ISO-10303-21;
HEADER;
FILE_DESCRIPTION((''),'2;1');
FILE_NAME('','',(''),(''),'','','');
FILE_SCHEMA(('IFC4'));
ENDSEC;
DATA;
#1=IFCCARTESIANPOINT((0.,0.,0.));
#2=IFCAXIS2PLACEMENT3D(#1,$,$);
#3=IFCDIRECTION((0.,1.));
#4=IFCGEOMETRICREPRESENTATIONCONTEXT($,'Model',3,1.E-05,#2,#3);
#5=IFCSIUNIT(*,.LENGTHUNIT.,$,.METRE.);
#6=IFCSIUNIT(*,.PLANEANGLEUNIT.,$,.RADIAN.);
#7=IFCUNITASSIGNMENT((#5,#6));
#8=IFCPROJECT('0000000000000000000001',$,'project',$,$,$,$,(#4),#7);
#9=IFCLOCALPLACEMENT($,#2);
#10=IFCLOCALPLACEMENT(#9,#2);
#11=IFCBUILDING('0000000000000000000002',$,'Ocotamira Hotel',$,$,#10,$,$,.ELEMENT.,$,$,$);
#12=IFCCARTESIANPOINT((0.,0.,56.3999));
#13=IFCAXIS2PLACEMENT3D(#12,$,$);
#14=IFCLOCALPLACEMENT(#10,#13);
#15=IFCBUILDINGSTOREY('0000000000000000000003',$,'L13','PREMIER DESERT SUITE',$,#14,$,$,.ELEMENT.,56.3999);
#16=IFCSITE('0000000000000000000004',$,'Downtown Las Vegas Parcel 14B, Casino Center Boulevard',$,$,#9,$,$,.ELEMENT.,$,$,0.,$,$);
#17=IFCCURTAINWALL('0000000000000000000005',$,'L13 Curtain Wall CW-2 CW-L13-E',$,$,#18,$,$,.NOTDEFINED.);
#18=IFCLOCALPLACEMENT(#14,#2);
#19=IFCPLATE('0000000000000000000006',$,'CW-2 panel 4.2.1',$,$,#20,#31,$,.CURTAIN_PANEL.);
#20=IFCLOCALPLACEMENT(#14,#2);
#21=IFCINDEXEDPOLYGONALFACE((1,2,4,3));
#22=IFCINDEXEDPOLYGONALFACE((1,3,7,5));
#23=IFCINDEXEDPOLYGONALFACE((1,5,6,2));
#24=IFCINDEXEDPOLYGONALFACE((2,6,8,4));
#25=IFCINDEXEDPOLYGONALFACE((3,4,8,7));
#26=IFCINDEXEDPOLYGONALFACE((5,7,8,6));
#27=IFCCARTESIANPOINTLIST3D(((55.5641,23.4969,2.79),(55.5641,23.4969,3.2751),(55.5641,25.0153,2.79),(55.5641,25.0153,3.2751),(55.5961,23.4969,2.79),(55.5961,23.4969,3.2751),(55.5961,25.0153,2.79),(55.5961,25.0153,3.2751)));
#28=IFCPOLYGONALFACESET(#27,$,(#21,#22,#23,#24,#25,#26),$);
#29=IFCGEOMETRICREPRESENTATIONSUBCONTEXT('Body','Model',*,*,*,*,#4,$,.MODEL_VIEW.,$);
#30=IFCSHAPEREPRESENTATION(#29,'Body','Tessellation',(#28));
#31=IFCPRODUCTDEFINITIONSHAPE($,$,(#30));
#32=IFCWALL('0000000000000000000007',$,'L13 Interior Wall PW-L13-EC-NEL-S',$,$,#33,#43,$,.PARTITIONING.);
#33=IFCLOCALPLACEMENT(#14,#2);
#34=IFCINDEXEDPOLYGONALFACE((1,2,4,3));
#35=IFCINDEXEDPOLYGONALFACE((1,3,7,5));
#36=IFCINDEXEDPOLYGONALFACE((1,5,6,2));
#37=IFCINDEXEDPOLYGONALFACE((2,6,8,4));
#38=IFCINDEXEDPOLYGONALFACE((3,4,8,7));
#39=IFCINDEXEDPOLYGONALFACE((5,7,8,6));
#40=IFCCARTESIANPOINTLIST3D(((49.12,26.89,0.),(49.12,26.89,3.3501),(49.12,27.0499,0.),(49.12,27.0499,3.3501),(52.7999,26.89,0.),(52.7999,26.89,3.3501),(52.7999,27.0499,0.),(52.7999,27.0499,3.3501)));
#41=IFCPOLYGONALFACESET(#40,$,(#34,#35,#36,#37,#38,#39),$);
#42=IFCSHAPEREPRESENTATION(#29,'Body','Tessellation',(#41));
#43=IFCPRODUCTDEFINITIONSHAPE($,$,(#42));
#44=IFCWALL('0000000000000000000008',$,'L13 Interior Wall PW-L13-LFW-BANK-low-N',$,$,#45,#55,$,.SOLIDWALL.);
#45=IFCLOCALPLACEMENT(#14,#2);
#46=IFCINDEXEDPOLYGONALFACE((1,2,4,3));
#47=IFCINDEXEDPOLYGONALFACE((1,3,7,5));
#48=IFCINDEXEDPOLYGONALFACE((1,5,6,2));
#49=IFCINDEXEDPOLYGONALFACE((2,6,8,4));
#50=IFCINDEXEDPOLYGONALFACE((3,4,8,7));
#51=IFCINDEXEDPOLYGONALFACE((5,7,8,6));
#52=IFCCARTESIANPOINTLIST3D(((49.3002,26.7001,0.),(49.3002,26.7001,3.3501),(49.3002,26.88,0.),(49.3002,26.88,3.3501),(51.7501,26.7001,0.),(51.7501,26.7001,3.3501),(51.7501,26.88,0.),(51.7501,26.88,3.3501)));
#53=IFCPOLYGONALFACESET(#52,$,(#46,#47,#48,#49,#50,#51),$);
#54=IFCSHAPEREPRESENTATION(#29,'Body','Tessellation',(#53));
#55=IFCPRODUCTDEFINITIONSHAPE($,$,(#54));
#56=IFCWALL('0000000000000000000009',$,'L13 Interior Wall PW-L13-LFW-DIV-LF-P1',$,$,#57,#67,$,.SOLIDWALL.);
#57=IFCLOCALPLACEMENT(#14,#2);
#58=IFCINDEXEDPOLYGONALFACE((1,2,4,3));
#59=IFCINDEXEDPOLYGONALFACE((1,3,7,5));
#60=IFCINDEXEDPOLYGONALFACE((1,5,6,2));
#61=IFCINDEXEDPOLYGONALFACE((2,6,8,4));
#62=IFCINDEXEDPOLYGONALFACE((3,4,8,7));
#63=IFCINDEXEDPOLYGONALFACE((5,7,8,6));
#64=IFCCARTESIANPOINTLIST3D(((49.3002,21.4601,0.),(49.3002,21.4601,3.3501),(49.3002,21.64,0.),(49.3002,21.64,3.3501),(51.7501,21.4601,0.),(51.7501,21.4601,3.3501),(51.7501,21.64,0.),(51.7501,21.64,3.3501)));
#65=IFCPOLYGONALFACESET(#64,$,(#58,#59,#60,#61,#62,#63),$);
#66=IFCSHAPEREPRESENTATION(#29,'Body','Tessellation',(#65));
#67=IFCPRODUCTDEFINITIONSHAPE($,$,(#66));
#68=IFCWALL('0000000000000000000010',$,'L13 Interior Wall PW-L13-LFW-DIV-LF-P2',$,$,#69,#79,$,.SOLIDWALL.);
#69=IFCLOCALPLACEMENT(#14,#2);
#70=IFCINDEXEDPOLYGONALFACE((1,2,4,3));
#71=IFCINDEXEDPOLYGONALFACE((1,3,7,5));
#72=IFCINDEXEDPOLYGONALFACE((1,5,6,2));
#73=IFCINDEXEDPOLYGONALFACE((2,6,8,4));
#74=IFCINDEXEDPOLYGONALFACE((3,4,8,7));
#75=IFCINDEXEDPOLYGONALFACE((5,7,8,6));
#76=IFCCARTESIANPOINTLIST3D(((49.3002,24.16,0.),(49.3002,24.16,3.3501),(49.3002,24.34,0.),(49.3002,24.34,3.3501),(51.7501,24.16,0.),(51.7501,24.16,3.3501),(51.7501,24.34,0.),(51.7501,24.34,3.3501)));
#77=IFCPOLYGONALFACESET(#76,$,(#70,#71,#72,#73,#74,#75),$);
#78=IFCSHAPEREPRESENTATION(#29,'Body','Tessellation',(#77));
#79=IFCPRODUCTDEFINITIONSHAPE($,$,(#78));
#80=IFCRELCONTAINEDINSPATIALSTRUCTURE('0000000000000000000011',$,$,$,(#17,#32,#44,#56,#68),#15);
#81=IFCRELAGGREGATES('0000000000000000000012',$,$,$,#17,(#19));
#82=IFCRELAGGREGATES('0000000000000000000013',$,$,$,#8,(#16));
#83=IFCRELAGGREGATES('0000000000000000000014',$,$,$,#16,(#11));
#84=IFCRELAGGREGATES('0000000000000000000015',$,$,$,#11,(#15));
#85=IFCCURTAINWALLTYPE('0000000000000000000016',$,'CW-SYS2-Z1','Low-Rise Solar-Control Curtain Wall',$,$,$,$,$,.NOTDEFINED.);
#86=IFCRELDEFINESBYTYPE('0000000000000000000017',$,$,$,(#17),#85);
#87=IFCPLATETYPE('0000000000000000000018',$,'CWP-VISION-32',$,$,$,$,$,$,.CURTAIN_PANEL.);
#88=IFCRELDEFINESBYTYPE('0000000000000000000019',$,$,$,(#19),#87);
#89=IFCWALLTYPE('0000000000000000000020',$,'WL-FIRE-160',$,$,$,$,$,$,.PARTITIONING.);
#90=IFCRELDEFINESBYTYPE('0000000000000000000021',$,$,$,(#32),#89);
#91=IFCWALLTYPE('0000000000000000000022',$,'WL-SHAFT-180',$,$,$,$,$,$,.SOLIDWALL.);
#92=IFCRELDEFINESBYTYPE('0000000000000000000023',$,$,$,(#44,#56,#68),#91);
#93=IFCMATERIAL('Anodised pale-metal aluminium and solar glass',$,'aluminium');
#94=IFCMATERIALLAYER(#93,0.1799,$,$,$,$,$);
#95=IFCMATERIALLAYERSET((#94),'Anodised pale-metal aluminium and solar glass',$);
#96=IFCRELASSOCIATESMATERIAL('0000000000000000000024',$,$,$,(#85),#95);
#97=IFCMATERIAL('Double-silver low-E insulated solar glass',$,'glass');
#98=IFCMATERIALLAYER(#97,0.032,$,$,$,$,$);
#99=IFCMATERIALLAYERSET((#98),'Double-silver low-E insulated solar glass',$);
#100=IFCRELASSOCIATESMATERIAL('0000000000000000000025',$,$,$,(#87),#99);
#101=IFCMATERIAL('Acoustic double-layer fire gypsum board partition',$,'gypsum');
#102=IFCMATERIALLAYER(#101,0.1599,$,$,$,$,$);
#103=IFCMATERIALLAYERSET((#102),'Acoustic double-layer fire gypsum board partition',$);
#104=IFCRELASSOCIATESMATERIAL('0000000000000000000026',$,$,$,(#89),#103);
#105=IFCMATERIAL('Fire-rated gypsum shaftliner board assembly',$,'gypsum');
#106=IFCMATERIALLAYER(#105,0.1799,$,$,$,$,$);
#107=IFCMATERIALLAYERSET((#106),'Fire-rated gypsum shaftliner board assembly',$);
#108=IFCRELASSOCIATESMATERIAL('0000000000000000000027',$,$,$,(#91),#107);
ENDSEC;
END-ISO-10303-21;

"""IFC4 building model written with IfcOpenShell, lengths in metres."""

from ifc_helpers import new_model, si_unit, direction, frame, frame_2d, origin, origin_2d, place, context, subcontext, project, spatial, rectangle, extrude, source, transform, mapped, material, layer, layer_set, type_object, element, aggregate, save


model = new_model("IFC4")

# Units and contexts
model_context = context("Model", 3, precision=1e-05, world=origin(), true_north=direction((0.0, 1.0)))
body_context = subcontext(model_context, "Body", "Model", "MODEL_VIEW")
ifc_project = project(units=[si_unit("LENGTHUNIT", "METRE"), si_unit("PLANEANGLEUNIT", "RADIAN")], contexts=[model_context])

# Site, building, storey
site_placement = place(None, origin())
site = spatial("IfcSite", under=ifc_project, at=site_placement, Name="Downtown Las Vegas Parcel 14B, Casino Center Boulevard", CompositionType="ELEMENT", RefElevation=0.0)
building_placement = place(site_placement, origin())
building = spatial("IfcBuilding", under=site, at=building_placement, Name="Ocotamira Hotel", CompositionType="ELEMENT")
storey_placement = place(building_placement, frame((0.0, 0.0, 56.3999)))
storey = spatial("IfcBuildingStorey", under=building, at=storey_placement, Name="L13", Description="PREMIER DESERT SUITE", CompositionType="ELEMENT", Elevation=56.3999)

# Curtain wall
ifc_material_1 = material(Name="Anodised pale-metal aluminium and solar glass", Category="aluminium")
ifc_layer_1 = layer(ifc_material_1, 0.1799)
ifc_layer_set_1 = layer_set([ifc_layer_1], Name="Anodised pale-metal aluminium and solar glass")
curtain_wall_type = type_object("IfcCurtainWallType", Name="CW-SYS2-Z1", Description="Low-Rise Solar-Control Curtain Wall", PredefinedType="NOTDEFINED", material=ifc_layer_set_1)
curtain_wall_placement = place(storey_placement, origin())
curtain_wall = element("IfcCurtainWall", 1, at=curtain_wall_placement, inside=storey, type_object=curtain_wall_type, Name="L13 Curtain Wall CW-2 CW-L13-E", PredefinedType="NOTDEFINED")

# Plate
ifc_material_2 = material(Name="Double-silver low-E insulated solar glass", Category="glass")
ifc_layer_2 = layer(ifc_material_2, 0.032)
ifc_layer_set_2 = layer_set([ifc_layer_2], Name="Double-silver low-E insulated solar glass")
plate_type_1 = type_object("IfcPlateType", Name="CWP-VISION-32", PredefinedType="CURTAIN_PANEL", material=ifc_layer_set_2)
shared_shape_1 = source(origin(), body_context, "Body", "SweptSolid", [
    extrude(rectangle(XDim=1.5183, YDim=0.032, at=origin_2d()), origin(), (0.0, 0.0, 1.0), 0.4851),
])
plate_1_placement = place(storey_placement, frame((55.5801, 24.2561, 2.79), z_axis=(0.0, 0.0, 1.0), x_axis=(0.0, 1.0, 0.0)))
plate_1 = element("IfcPlate", 2, at=plate_1_placement, type_object=plate_type_1, Name="CW-2 panel 4.2.1", PredefinedType="CURTAIN_PANEL", context=body_context, shape_type="MappedRepresentation", body=[
    mapped(shared_shape_1, transform((0.0, 0.0, 0.0), scale=1.0)),
])
aggregate(curtain_wall, [plate_1])

# Wall
ifc_material_3 = material(Name="Acoustic double-layer fire gypsum board partition", Category="gypsum")
ifc_layer_3 = layer(ifc_material_3, 0.1599)
ifc_layer_set_3 = layer_set([ifc_layer_3], Name="Acoustic double-layer fire gypsum board partition")
wall_type_1 = type_object("IfcWallType", Name="WL-FIRE-160", PredefinedType="PARTITIONING", material=ifc_layer_set_3)
wall_1_placement = place(storey_placement, frame((49.1201, 26.97, 0.0), z_axis=(0.0, 0.0, 1.0), x_axis=(1.0, 0.0, 0.0)))
element("IfcWall", 3, at=wall_1_placement, inside=storey, type_object=wall_type_1, Name="L13 Interior Wall PW-L13-EC-NEL-S", PredefinedType="PARTITIONING", context=body_context, shape_type="SweptSolid", body=[
    extrude(rectangle(XDim=3.6799, YDim=0.1599, at=frame_2d((1.8398, 0.0))), origin(), (0.0, 0.0, 1.0), 3.3501),
])

# Walls
ifc_material_4 = material(Name="Fire-rated gypsum shaftliner board assembly", Category="gypsum")
ifc_layer_4 = layer(ifc_material_4, 0.1799)
ifc_layer_set_4 = layer_set([ifc_layer_4], Name="Fire-rated gypsum shaftliner board assembly")
wall_type_2 = type_object("IfcWallType", Name="WL-SHAFT-180", PredefinedType="SOLIDWALL", material=ifc_layer_set_4)
for number, where, z_axis, x_axis, name in (
    (4, (49.3, 26.79, 0.0), (0.0, 0.0, 1.0), (1.0, 0.0, 0.0), "L13 Interior Wall PW-L13-LFW-BANK-low-N"),
    (5, (49.3, 21.55, 0.0), (0.0, 0.0, 1.0), (1.0, 0.0, 0.0), "L13 Interior Wall PW-L13-LFW-DIV-LF-P1"),
    (6, (49.3, 24.25, 0.0), (0.0, 0.0, 1.0), (1.0, 0.0, 0.0), "L13 Interior Wall PW-L13-LFW-DIV-LF-P2"),
):
    element("IfcWall", number, at=place(storey_placement, frame(where, z_axis=z_axis, x_axis=x_axis)), inside=storey, type_object=wall_type_2, Name=name, PredefinedType="SOLIDWALL", context=body_context, shape_type="SweptSolid", body=[
        extrude(rectangle(XDim=2.45, YDim=0.1799, at=frame_2d((1.2251, 0.0))), origin(), (0.0, 0.0, 1.0), 3.3501),
    ])

save(model, "model.ifc")
